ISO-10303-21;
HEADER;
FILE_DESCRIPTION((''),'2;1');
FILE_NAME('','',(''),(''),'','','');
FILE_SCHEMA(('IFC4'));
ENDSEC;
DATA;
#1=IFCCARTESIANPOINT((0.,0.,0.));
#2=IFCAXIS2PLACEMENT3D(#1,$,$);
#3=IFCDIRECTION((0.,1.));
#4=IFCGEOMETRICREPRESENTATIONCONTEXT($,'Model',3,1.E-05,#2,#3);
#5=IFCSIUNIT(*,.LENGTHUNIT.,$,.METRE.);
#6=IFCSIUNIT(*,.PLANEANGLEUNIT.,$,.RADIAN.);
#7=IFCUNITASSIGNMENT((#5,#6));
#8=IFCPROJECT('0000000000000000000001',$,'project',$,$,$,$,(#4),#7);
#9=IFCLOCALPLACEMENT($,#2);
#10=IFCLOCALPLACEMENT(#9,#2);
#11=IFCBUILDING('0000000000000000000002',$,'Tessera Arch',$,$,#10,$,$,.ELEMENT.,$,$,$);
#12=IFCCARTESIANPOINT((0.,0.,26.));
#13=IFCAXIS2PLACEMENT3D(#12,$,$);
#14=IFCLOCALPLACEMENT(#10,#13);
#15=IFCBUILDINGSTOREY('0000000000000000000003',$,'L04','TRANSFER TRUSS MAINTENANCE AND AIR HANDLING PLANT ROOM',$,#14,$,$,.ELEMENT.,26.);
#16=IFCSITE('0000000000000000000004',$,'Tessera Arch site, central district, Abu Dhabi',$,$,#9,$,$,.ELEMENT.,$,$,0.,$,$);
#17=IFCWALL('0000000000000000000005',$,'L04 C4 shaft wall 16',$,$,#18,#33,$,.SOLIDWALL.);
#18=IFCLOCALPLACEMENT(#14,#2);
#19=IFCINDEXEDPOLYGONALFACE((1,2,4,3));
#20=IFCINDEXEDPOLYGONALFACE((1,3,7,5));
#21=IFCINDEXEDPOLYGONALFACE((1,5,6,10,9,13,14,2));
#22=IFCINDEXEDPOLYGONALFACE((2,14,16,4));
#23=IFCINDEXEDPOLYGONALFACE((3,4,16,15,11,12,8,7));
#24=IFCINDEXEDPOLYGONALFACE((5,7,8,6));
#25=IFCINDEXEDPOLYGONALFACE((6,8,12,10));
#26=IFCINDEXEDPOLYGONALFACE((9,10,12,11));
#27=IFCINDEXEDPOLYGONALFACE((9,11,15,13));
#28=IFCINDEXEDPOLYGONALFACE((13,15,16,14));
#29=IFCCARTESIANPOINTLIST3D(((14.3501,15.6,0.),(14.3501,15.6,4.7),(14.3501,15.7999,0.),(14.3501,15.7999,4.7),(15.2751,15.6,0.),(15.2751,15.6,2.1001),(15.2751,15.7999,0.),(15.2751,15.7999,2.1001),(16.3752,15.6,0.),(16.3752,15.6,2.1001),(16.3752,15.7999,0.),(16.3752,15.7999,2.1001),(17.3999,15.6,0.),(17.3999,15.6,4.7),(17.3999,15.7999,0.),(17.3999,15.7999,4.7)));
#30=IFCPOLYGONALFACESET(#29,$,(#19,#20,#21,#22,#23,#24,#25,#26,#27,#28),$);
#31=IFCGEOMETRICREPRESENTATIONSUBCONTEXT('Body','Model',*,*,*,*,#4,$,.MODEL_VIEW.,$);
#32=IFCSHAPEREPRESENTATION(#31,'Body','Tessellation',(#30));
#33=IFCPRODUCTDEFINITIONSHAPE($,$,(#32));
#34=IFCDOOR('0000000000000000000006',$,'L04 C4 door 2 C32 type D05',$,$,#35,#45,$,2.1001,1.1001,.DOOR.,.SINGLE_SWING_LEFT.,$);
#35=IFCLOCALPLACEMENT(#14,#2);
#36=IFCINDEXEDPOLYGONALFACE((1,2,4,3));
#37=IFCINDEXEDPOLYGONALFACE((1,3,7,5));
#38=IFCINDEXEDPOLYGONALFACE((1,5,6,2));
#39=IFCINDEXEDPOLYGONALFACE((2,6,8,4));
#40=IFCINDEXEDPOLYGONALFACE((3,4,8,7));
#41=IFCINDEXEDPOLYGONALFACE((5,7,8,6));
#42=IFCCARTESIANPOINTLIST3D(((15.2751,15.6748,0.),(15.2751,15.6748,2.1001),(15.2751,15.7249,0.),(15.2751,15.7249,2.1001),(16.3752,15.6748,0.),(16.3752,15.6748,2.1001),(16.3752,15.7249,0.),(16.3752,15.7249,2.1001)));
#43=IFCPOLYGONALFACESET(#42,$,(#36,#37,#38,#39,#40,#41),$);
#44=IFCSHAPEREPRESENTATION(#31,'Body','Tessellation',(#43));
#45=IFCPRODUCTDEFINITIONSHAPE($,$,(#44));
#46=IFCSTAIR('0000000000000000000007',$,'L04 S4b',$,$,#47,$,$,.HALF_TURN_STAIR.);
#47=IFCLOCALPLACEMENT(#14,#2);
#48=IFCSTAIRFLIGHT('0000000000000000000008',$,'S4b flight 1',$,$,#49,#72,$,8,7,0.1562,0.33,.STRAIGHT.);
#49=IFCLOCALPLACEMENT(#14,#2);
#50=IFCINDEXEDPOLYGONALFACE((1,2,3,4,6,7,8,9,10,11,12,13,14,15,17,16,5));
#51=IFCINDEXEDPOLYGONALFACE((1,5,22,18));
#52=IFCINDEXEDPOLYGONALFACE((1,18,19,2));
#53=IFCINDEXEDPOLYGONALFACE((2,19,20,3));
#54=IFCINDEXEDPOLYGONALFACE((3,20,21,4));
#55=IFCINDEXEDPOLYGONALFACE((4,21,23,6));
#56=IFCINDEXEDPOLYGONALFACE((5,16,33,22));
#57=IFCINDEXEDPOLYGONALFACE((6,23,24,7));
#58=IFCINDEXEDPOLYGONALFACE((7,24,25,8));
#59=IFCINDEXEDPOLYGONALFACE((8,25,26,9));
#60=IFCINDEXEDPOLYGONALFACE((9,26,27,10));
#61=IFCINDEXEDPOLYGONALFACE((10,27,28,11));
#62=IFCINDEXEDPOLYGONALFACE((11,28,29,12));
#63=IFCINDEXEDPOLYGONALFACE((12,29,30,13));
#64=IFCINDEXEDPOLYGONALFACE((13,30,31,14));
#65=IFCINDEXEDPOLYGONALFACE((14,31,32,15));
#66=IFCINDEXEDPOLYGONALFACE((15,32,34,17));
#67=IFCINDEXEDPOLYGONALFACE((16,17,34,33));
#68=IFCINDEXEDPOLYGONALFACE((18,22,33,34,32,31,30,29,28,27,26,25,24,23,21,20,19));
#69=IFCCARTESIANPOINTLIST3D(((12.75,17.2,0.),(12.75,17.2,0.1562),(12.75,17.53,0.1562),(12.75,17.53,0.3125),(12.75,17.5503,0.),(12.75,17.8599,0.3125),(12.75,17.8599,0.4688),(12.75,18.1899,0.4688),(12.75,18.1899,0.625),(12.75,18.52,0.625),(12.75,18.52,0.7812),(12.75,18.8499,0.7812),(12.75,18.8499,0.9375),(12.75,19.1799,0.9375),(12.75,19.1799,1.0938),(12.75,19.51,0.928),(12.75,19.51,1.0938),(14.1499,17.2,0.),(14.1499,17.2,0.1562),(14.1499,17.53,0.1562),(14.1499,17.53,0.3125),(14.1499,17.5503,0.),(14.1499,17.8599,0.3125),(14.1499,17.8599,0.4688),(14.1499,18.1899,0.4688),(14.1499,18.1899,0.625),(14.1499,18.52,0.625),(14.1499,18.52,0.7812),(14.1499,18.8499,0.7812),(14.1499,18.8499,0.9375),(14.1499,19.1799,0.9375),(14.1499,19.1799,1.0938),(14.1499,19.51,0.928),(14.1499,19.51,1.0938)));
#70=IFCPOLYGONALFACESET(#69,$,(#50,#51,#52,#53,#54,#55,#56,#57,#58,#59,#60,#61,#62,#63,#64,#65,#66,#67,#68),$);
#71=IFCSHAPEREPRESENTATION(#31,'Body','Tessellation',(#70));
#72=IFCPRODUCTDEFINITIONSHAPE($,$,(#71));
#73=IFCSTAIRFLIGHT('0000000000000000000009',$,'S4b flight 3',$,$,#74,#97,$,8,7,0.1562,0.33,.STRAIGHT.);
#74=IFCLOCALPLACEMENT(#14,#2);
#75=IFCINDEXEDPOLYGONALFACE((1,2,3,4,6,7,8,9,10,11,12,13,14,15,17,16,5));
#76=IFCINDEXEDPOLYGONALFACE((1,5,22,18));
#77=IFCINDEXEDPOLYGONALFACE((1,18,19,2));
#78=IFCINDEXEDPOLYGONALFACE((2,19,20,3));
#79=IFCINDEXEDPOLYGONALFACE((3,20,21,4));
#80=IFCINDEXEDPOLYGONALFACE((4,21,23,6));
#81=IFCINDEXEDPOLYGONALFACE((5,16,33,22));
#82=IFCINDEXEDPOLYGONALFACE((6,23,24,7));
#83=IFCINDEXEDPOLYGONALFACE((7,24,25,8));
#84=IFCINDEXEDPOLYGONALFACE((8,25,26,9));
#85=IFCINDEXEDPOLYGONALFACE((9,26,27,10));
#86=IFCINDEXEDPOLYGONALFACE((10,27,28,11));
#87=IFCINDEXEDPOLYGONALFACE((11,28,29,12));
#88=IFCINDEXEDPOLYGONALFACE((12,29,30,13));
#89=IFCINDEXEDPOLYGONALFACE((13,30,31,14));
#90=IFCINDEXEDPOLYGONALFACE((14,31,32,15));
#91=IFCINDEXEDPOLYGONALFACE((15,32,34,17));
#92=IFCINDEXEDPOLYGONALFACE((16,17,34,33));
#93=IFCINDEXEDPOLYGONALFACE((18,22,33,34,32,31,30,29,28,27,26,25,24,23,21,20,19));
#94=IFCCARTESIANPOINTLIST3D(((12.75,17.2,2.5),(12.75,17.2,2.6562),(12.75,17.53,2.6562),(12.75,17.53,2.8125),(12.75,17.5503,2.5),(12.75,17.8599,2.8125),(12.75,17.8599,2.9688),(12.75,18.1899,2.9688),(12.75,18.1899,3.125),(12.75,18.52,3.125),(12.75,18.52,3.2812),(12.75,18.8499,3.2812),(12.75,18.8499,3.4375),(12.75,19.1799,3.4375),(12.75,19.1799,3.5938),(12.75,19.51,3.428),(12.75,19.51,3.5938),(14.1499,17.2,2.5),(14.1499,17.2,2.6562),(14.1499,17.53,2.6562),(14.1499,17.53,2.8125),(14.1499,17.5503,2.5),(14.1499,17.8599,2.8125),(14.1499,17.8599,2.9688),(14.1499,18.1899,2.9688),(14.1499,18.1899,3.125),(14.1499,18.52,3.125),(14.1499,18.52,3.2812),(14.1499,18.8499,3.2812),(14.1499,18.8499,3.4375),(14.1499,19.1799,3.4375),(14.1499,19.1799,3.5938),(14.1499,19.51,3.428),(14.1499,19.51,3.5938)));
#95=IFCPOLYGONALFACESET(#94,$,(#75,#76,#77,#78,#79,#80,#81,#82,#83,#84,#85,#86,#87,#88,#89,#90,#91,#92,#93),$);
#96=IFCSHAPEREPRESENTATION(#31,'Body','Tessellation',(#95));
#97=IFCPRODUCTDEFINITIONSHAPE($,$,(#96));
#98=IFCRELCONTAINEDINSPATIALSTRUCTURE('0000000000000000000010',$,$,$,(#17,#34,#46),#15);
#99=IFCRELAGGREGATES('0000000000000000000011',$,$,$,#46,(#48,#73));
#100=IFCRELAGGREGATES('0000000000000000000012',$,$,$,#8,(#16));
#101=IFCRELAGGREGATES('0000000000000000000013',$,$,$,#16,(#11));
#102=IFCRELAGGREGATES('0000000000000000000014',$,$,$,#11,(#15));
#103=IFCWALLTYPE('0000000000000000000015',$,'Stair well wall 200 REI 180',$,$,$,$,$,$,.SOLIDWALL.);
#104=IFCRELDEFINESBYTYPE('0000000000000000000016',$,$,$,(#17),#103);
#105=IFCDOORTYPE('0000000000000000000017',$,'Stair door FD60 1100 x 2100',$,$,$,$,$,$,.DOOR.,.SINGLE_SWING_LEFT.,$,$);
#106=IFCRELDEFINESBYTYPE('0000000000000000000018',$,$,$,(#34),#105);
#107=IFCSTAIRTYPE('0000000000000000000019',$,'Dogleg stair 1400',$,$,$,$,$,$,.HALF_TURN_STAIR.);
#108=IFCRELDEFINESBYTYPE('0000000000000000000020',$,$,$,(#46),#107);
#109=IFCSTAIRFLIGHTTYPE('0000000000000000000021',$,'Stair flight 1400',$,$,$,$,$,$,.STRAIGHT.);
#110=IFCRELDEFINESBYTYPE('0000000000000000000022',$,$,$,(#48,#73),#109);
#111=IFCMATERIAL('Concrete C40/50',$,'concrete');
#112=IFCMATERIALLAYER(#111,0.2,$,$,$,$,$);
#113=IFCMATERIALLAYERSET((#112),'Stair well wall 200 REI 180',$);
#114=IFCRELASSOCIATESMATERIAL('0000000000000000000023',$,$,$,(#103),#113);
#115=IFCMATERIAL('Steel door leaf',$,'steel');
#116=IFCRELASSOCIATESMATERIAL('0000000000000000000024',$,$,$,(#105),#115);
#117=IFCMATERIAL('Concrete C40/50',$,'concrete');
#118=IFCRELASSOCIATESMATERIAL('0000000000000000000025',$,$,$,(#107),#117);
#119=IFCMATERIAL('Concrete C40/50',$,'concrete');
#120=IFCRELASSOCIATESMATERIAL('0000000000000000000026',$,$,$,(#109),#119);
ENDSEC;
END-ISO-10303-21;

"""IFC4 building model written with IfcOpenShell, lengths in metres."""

from ifc_helpers import new_model, si_unit, direction, frame, frame_2d, origin, place, context, subcontext, project, spatial, polyline, rectangle, outline, extrude, material, layer, layer_set, type_object, element, fill, aggregate, save


model = new_model("IFC4")

# Units and contexts
model_context = context("Model", 3, precision=1e-05, world=origin(), true_north=direction((0.0, 1.0)))
body_context = subcontext(model_context, "Body", "Model", "MODEL_VIEW")
ifc_project = project(units=[si_unit("LENGTHUNIT", "METRE"), si_unit("PLANEANGLEUNIT", "RADIAN")], contexts=[model_context])

# Site, building, storey
site_placement = place(None, origin())
site = spatial("IfcSite", under=ifc_project, at=site_placement, Name="Tessera Arch site, central district, Abu Dhabi", CompositionType="ELEMENT", RefElevation=0.0)
building_placement = place(site_placement, origin())
building = spatial("IfcBuilding", under=site, at=building_placement, Name="Tessera Arch", CompositionType="ELEMENT")
storey_placement = place(building_placement, frame((0.0, 0.0, 26.0)))
storey = spatial("IfcBuildingStorey", under=building, at=storey_placement, Name="L04", Description="TRANSFER TRUSS MAINTENANCE AND AIR HANDLING PLANT ROOM", CompositionType="ELEMENT", Elevation=26.0)

# Shared definitions
ifc_material_1 = material(Name="Concrete C40/50", Category="concrete")
ifc_layer_1 = layer(ifc_material_1, 0.2)
ifc_layer_set_1 = layer_set([ifc_layer_1], Name="Stair well wall 200 REI 180")
wall_type_1 = type_object("IfcWallType", Name="Stair well wall 200 REI 180", PredefinedType="SOLIDWALL", material=ifc_layer_set_1)

# Shared definitions
ifc_material_2 = material(Name="Steel door leaf", Category="steel")
door_type_1 = type_object("IfcDoorType", Name="Stair door FD60 1100 x 2100", OperationType="SINGLE_SWING_LEFT", PredefinedType="DOOR", material=ifc_material_2)

# Wall, opening, door
wall_1_placement = place(storey_placement, frame((14.3501, 15.7, 0.0), z_axis=(0.0, 0.0, 1.0), x_axis=(1.0, 0.0, 0.0)))
wall_1 = element("IfcWall", 1, at=wall_1_placement, inside=storey, type_object=wall_type_1, Name="L04 C4 shaft wall 16", PredefinedType="SOLIDWALL", context=body_context, shape_type="SweptSolid", body=[
    extrude(rectangle(XDim=3.0498, YDim=0.2, at=frame_2d((1.5249, 0.0))), origin(), (0.0, 0.0, 1.0), 4.7),
])
opening_1_placement = place(wall_1_placement, frame((0.925, 0.0, 0.0)))
opening_1 = element("IfcOpeningElement", 2, at=opening_1_placement, cuts=wall_1, PredefinedType="OPENING", context=body_context, shape_type="SweptSolid", body=[
    extrude(rectangle(XDim=1.1001, YDim=2.1001, at=frame_2d((0.55, 1.05))), frame((0.0, 0.1099, 0.0), z_axis=(0.0, -1.0, 0.0), x_axis=(1.0, 0.0, 0.0)), (0.0, 0.0, 1.0), 0.22),
])
door_1_placement = place(opening_1_placement, origin())
door_1 = element("IfcDoor", 3, at=door_1_placement, inside=storey, type_object=door_type_1, Name="L04 C4 door 2 C32 type D05", OperationType="SINGLE_SWING_LEFT", OverallHeight=2.1001, OverallWidth=1.1001, PredefinedType="DOOR", context=body_context, shape_type="SweptSolid", body=[
    extrude(rectangle(XDim=1.1001, YDim=2.1001, at=frame_2d((0.55, 1.05))), frame((0.0, 0.0249, 0.0), z_axis=(0.0, -1.0, 0.0), x_axis=(1.0, 0.0, 0.0)), (0.0, 0.0, 1.0), 0.05),
])
fill(opening_1, door_1)

# Stair, stair flights
ifc_material_3 = material(Name="Concrete C40/50", Category="concrete")
stair_type = type_object("IfcStairType", Name="Dogleg stair 1400", PredefinedType="HALF_TURN_STAIR", material=ifc_material_3)
stair_placement = place(storey_placement, origin())
stair = element("IfcStair", 4, at=stair_placement, inside=storey, type_object=stair_type, Name="L04 S4b", PredefinedType="HALF_TURN_STAIR")
ifc_material_4 = material(Name="Concrete C40/50", Category="concrete")
stair_flight_type = type_object("IfcStairFlightType", Name="Stair flight 1400", PredefinedType="STRAIGHT", material=ifc_material_4)
stair_flight_1_placement = place(storey_placement, frame((13.45, 17.2, 0.0), z_axis=(0.0, 0.0, 1.0), x_axis=(0.0, 1.0, 0.0)))
stair_flight_1 = element("IfcStairFlight", 5, at=stair_flight_1_placement, type_object=stair_flight_type, Name="S4b flight 1", NumberOfRisers=8, NumberOfTreads=7, PredefinedType="STRAIGHT", RiserHeight=0.1562, TreadLength=0.33, context=body_context, shape_type="SweptSolid", body=[
    extrude(outline(polyline([(0.0, 0.0), (0.0, 0.1562), (0.3301, 0.1562), (0.3301, 0.3125), (0.6599, 0.3125), (0.6599, 0.4688), (0.99, 0.4688), (0.99, 0.625), (1.3201, 0.625), (1.3201, 0.7812), (1.6499, 0.7812), (1.6499, 0.9375), (1.98, 0.9375), (1.98, 1.0938), (2.3101, 1.0938), (2.3101, 1.25), (2.3101, 0.928), (0.3503, 0.0), (0.0, 0.0)])), frame((0.0, 0.7, 0.0), z_axis=(0.0, -1.0, 0.0), x_axis=(1.0, 0.0, 0.0)), (0.0, 0.0, 1.0), 1.3999),
])
stair_flight_2_placement = place(storey_placement, frame((13.45, 17.2, 2.5), z_axis=(0.0, 0.0, 1.0), x_axis=(0.0, 1.0, 0.0)))
stair_flight_2 = element("IfcStairFlight", 6, at=stair_flight_2_placement, type_object=stair_flight_type, Name="S4b flight 3", NumberOfRisers=8, NumberOfTreads=7, PredefinedType="STRAIGHT", RiserHeight=0.1562, TreadLength=0.33, context=body_context, shape_type="SweptSolid", body=[
    extrude(outline(polyline([(0.0, 0.0), (0.0, 0.1562), (0.3301, 0.1562), (0.3301, 0.3125), (0.6599, 0.3125), (0.6599, 0.4688), (0.99, 0.4688), (0.99, 0.625), (1.3201, 0.625), (1.3201, 0.7812), (1.6499, 0.7812), (1.6499, 0.9375), (1.98, 0.9375), (1.98, 1.0938), (2.3101, 1.0938), (2.3101, 1.25), (2.3101, 0.928), (0.3503, 0.0), (0.0, 0.0)])), frame((0.0, 0.7, 0.0), z_axis=(0.0, -1.0, 0.0), x_axis=(1.0, 0.0, 0.0)), (0.0, 0.0, 1.0), 1.3999),
])
aggregate(stair, [stair_flight_1, stair_flight_2])

save(model, "model.ifc")
